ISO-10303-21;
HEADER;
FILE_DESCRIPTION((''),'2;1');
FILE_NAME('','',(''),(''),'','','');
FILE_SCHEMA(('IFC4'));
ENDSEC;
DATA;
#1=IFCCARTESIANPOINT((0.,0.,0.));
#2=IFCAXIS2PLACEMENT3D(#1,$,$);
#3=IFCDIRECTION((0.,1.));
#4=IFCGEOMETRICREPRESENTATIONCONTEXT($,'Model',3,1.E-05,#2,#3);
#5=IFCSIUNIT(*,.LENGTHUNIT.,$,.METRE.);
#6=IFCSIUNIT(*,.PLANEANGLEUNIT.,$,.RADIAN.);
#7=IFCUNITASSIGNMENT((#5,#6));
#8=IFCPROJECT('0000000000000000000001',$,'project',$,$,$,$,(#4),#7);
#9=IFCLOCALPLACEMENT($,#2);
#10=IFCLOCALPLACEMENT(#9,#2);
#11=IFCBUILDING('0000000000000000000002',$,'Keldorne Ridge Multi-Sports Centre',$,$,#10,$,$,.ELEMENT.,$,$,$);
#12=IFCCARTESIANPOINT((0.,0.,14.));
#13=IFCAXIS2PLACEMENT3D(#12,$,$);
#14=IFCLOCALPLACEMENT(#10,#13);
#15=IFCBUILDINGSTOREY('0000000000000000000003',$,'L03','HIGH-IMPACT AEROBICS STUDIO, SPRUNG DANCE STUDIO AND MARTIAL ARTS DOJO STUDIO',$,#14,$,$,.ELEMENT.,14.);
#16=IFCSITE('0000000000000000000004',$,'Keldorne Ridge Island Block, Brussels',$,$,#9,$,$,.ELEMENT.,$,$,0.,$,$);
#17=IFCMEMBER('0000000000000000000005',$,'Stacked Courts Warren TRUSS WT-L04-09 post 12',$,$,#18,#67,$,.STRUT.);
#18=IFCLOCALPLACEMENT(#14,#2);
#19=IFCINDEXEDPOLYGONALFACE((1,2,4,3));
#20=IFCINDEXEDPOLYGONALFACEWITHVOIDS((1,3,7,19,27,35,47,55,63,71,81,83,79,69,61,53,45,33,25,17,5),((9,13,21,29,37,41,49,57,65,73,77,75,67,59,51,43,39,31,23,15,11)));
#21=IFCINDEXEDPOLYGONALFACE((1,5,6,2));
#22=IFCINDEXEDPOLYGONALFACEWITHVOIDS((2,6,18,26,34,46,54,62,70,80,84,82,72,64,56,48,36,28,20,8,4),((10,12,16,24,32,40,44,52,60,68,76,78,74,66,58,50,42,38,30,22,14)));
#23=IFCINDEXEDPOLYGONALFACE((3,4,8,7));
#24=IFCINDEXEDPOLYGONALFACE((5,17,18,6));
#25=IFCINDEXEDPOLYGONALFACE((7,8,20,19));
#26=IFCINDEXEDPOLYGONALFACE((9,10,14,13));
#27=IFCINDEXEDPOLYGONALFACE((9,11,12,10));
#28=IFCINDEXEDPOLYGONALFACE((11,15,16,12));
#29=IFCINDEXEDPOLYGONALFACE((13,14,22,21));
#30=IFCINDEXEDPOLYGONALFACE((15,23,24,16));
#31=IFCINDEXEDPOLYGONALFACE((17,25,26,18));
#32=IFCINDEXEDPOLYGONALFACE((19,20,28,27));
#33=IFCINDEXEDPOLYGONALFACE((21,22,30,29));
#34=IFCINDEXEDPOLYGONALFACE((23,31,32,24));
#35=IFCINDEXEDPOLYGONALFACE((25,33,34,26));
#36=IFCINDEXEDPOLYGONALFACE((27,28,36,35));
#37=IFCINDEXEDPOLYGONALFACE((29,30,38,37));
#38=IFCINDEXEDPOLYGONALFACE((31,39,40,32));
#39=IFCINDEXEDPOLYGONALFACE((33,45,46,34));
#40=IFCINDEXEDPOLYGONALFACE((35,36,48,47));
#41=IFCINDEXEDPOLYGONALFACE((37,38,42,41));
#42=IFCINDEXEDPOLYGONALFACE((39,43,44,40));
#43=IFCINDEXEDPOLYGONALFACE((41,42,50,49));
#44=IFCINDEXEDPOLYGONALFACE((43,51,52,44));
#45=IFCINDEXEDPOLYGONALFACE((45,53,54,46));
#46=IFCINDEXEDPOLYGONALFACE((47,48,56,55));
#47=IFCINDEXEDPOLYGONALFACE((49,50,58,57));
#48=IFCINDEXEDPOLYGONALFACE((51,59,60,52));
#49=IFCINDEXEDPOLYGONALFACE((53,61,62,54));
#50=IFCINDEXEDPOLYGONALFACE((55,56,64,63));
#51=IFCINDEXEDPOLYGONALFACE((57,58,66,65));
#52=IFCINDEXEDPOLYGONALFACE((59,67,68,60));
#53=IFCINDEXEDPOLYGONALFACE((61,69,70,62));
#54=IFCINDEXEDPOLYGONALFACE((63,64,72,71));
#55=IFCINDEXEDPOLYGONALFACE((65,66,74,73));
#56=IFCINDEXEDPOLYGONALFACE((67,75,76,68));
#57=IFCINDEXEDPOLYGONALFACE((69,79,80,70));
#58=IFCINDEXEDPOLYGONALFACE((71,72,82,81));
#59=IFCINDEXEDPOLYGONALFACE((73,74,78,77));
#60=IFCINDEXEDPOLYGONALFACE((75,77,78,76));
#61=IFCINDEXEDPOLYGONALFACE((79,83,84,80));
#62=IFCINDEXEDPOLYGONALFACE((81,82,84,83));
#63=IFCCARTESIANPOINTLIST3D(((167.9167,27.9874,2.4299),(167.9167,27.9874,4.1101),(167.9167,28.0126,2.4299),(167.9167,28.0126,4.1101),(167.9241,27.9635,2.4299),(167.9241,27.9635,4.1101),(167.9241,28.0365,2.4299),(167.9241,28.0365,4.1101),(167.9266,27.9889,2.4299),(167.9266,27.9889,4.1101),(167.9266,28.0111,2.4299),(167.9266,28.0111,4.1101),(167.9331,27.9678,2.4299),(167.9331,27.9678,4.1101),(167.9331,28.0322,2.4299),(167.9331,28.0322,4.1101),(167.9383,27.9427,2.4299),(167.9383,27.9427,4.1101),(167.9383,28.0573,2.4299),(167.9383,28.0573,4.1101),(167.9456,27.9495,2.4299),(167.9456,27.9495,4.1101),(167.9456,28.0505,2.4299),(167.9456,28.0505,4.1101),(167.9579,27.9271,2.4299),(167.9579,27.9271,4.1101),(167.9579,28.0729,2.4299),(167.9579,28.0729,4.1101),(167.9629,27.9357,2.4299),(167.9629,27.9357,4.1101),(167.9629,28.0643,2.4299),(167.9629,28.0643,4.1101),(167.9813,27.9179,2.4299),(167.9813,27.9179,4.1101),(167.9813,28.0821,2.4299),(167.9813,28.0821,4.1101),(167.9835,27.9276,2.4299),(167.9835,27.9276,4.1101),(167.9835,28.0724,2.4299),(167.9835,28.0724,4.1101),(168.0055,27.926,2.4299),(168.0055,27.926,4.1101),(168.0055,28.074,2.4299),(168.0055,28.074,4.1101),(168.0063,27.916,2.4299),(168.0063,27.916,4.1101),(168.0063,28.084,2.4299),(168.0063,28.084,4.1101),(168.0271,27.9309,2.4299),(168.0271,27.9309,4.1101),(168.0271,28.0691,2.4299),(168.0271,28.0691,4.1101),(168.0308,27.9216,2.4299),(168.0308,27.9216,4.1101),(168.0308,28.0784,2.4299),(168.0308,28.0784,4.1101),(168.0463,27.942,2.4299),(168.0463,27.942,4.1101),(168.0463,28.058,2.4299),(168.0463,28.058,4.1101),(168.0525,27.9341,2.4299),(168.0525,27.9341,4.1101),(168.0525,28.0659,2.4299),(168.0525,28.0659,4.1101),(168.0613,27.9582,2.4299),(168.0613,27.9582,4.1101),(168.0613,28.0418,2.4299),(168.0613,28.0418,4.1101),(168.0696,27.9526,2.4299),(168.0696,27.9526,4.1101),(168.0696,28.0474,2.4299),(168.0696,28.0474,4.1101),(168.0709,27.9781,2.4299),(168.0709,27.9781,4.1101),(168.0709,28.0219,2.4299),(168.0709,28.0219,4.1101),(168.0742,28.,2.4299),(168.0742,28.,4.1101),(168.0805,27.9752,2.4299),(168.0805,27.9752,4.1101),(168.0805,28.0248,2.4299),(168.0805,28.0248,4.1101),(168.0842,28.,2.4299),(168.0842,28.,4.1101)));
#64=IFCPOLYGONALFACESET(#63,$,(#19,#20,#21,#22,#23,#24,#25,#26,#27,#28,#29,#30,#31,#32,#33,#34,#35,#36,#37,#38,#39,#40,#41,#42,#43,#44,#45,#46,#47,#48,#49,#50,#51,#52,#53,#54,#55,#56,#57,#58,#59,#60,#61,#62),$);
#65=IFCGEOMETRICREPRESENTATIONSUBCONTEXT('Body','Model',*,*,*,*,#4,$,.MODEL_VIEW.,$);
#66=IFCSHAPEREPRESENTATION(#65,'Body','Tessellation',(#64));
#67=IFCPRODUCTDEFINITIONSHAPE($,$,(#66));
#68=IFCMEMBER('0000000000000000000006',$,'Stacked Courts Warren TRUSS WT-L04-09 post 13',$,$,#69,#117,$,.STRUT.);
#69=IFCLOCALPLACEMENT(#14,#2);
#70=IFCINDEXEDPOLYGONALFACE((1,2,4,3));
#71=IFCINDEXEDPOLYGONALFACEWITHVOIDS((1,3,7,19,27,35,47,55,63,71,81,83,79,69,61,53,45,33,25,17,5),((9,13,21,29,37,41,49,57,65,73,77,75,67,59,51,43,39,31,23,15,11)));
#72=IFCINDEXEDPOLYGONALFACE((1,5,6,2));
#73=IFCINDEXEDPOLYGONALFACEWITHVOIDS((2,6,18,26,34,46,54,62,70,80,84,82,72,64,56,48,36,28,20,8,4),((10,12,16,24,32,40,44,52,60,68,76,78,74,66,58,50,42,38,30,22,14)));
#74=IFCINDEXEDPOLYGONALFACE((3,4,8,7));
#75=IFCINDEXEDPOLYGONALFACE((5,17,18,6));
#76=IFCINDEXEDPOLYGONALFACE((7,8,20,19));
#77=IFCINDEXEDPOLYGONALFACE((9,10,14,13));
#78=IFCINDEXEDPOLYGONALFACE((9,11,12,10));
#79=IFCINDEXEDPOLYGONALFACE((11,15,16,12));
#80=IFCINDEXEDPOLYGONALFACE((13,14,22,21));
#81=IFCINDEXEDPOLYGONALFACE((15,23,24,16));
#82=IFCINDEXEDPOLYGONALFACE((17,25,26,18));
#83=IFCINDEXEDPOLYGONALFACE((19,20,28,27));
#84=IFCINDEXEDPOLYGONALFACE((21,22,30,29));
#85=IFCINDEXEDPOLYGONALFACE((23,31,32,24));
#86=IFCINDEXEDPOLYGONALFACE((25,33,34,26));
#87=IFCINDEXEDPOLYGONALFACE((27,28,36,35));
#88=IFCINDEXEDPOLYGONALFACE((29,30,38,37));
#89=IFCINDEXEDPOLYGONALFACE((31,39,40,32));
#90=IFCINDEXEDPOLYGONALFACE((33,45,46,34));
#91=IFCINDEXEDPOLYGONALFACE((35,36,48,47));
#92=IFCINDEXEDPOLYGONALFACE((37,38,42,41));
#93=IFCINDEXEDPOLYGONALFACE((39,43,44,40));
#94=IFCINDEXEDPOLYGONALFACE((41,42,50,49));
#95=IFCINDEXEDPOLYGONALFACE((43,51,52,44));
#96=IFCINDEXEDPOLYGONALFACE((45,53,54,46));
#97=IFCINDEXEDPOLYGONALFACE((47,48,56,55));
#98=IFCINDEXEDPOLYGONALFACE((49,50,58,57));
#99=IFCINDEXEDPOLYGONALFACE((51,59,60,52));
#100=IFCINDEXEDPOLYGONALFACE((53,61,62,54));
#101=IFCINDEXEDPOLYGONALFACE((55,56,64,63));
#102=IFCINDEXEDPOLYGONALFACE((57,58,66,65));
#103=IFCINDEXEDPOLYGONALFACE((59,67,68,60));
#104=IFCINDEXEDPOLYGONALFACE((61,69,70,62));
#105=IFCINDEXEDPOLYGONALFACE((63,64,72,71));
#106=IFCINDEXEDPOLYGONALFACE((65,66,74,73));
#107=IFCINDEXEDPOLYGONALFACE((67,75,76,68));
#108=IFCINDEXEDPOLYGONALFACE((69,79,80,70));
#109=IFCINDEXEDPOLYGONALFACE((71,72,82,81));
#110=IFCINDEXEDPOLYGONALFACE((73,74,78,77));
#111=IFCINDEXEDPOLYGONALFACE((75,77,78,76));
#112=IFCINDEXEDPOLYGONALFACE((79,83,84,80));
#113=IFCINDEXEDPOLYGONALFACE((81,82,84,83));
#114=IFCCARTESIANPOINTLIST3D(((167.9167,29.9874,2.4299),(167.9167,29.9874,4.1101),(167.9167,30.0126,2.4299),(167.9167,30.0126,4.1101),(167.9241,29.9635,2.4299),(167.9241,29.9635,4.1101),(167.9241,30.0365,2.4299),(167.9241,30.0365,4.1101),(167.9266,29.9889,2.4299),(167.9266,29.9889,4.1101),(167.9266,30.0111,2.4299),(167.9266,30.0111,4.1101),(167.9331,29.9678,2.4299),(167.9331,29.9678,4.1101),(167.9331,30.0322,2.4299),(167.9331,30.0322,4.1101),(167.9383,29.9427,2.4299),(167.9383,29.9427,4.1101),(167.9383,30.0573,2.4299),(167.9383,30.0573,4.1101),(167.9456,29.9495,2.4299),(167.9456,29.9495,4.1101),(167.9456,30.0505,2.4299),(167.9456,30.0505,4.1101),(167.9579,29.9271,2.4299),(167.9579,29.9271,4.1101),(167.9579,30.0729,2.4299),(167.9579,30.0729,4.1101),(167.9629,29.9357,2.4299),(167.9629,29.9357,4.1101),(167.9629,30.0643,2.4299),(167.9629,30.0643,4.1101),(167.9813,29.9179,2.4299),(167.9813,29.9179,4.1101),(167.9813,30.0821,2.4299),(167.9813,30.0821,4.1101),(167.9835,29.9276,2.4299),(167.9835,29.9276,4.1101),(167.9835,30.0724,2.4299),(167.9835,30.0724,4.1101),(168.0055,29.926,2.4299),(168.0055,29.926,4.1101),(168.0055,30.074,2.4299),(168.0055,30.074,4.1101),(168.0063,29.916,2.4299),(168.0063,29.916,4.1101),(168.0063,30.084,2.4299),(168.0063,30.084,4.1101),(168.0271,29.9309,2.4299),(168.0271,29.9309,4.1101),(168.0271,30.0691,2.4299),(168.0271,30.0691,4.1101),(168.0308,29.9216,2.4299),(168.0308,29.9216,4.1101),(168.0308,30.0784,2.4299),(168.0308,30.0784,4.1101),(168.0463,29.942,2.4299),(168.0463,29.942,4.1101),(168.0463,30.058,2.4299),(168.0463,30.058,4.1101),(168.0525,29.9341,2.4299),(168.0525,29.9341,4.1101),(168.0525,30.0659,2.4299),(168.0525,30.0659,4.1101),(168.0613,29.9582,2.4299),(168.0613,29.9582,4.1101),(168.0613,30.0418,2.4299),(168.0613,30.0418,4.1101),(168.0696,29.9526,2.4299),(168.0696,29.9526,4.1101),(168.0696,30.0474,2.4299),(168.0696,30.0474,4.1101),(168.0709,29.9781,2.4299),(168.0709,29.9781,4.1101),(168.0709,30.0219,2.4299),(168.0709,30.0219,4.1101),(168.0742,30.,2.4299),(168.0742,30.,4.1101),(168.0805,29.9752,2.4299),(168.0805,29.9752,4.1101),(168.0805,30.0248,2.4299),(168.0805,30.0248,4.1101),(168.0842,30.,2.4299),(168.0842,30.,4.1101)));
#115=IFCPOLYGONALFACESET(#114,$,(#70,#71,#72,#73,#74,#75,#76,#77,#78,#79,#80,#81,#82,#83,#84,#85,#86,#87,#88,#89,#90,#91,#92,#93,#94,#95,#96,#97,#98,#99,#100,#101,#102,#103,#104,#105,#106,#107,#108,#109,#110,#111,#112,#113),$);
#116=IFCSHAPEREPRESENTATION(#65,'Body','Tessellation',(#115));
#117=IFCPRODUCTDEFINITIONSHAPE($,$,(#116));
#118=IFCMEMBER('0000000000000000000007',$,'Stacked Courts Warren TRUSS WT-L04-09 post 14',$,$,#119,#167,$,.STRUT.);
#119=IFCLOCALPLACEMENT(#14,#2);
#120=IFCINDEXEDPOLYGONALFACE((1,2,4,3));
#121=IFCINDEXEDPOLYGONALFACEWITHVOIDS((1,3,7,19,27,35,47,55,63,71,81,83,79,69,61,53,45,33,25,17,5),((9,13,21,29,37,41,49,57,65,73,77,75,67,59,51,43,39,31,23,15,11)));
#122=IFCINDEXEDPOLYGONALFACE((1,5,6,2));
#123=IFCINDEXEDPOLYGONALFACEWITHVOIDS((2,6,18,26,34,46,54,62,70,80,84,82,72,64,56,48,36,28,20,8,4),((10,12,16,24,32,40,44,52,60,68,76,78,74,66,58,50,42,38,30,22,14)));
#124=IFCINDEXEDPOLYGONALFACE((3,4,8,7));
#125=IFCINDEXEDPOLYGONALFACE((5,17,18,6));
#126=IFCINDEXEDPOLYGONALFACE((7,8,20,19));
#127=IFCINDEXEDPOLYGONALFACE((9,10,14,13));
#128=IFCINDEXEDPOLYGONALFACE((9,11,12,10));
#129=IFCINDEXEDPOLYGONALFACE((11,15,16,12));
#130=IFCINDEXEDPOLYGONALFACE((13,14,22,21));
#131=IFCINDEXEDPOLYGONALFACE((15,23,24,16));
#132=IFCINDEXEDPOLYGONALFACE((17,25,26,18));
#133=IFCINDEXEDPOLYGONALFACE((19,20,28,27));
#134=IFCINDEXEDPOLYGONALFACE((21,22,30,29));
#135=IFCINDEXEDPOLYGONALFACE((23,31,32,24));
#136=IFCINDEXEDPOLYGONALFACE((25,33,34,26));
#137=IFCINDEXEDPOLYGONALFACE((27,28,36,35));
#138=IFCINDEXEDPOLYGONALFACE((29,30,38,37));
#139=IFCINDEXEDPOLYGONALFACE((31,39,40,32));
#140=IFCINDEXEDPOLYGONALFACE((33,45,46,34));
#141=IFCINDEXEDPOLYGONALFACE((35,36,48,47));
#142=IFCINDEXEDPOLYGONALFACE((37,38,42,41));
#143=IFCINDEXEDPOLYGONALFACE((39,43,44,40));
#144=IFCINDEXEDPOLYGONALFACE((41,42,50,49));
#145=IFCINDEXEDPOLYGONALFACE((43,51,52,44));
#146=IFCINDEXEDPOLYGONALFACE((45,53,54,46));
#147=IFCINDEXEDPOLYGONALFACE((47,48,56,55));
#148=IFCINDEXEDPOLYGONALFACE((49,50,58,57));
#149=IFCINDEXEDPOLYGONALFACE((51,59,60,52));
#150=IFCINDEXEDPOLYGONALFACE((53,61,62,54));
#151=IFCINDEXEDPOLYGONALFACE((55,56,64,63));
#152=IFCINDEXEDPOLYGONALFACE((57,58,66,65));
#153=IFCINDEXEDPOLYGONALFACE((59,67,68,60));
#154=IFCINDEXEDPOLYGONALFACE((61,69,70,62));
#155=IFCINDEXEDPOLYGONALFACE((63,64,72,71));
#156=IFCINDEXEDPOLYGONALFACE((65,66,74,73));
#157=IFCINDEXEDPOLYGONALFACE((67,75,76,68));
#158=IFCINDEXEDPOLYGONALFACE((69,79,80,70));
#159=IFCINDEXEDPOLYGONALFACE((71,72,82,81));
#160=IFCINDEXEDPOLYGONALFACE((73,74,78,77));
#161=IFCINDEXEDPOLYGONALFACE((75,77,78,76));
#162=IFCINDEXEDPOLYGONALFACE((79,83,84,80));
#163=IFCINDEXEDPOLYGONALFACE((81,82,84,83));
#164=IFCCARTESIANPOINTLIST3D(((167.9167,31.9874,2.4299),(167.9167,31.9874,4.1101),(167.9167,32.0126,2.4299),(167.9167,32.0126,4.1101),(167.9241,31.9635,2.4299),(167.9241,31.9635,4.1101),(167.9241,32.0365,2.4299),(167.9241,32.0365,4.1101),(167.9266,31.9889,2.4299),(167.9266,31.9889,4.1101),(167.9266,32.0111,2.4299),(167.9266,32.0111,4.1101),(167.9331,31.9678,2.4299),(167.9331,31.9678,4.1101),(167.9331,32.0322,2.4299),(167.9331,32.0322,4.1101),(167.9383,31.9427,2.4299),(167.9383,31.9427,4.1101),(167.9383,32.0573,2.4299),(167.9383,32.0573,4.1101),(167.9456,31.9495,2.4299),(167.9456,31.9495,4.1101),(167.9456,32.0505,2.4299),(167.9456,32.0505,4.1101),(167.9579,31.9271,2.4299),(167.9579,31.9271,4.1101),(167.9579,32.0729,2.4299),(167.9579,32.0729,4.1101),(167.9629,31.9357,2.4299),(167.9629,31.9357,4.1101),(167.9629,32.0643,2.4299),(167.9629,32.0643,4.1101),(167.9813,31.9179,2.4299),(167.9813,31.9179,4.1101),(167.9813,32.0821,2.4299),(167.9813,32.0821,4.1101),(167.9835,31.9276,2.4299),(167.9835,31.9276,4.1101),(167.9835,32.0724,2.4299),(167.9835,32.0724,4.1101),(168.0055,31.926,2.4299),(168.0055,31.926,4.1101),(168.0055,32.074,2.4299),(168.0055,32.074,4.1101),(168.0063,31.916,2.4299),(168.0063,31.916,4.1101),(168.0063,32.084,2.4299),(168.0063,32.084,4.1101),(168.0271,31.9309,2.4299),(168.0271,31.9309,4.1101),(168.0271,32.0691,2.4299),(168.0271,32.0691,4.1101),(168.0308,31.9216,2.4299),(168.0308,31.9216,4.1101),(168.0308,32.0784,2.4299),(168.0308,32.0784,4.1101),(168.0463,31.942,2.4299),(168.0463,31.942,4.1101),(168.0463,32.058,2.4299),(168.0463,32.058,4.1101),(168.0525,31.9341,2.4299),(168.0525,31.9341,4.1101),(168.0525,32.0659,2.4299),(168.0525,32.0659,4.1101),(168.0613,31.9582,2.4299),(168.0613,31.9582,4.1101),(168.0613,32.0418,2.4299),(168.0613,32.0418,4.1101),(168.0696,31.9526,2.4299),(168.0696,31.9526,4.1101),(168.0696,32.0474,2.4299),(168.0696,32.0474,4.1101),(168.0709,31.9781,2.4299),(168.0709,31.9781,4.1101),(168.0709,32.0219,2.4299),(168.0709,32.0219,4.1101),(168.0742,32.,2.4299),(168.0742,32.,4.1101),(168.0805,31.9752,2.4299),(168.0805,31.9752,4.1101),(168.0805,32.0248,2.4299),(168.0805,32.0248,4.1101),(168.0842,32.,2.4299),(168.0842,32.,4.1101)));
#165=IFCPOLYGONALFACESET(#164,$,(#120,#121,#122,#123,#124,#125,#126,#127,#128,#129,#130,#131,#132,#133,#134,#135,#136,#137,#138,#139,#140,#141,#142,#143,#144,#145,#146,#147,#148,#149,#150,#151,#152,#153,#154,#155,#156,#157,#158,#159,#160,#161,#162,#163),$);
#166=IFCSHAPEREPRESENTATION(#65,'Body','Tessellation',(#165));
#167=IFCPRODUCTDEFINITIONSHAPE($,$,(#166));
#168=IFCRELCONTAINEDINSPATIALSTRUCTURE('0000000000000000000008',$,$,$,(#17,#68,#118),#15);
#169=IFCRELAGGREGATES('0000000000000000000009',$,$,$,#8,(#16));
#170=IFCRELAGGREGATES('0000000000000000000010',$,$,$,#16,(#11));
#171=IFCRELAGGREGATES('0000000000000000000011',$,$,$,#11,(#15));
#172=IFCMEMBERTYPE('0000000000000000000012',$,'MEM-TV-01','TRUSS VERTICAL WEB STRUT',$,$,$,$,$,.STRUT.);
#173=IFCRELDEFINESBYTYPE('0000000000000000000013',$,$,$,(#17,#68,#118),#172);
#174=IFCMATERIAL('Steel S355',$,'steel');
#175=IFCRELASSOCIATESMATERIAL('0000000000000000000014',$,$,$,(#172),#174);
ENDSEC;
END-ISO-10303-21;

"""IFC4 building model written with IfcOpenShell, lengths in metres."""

from ifc_helpers import new_model, si_unit, direction, frame, origin, origin_2d, place, context, subcontext, project, spatial, hollow_circle, extrude, material, material_profile, profile_set, type_object, element, save


model = new_model("IFC4")

# Units and contexts
model_context = context("Model", 3, precision=1e-05, world=origin(), true_north=direction((0.0, 1.0)))
body_context = subcontext(model_context, "Body", "Model", "MODEL_VIEW")
ifc_project = project(units=[si_unit("LENGTHUNIT", "METRE"), si_unit("PLANEANGLEUNIT", "RADIAN")], contexts=[model_context])

# Site, building, storey
site_placement = place(None, origin())
site = spatial("IfcSite", under=ifc_project, at=site_placement, Name="Keldorne Ridge Island Block, Brussels", CompositionType="ELEMENT", RefElevation=0.0)
building_placement = place(site_placement, origin())
building = spatial("IfcBuilding", under=site, at=building_placement, Name="Keldorne Ridge Multi-Sports Centre", CompositionType="ELEMENT")
storey_placement = place(building_placement, frame((0.0, 0.0, 14.0)))
storey = spatial("IfcBuildingStorey", under=building, at=storey_placement, Name="L03", Description="HIGH-IMPACT AEROBICS STUDIO, SPRUNG DANCE STUDIO AND MARTIAL ARTS DOJO STUDIO", CompositionType="ELEMENT", Elevation=14.0)

# Shared definitions
ifc_material_1 = material(Name="Steel S355", Category="steel")

# Members
ifc_material_profile_1 = material_profile(ifc_material_1, hollow_circle(Radius=0.0842, WallThickness=0.01, at=origin_2d()), Name="CHS 168.3x10")
ifc_profile_set_1 = profile_set([ifc_material_profile_1], Name="Steel S355")
member_type_1 = type_object("IfcMemberType", Name="MEM-TV-01", Description="TRUSS VERTICAL WEB STRUT", PredefinedType="STRUT", material=ifc_profile_set_1)
for number, where, z_axis, x_axis, name in (
    (1, (168.0, 28.0, 2.4299), (0.0, 0.0, 1.0), (1.0, 0.0, 0.0), "Stacked Courts Warren TRUSS WT-L04-09 post 12"),
    (2, (168.0, 30.0, 2.4299), (0.0, 0.0, 1.0), (1.0, 0.0, 0.0), "Stacked Courts Warren TRUSS WT-L04-09 post 13"),
    (3, (168.0, 32.0, 2.4299), (0.0, 0.0, 1.0), (1.0, 0.0, 0.0), "Stacked Courts Warren TRUSS WT-L04-09 post 14"),
):
    element("IfcMember", number, at=place(storey_placement, frame(where, z_axis=z_axis, x_axis=x_axis)), inside=storey, type_object=member_type_1, Name=name, PredefinedType="STRUT", context=body_context, shape_type="SweptSolid", body=[
        extrude(hollow_circle(Radius=0.0842, WallThickness=0.01, at=origin_2d()), origin(), (0.0, 0.0, 1.0), 1.6802),
    ])

save(model, "model.ifc")
